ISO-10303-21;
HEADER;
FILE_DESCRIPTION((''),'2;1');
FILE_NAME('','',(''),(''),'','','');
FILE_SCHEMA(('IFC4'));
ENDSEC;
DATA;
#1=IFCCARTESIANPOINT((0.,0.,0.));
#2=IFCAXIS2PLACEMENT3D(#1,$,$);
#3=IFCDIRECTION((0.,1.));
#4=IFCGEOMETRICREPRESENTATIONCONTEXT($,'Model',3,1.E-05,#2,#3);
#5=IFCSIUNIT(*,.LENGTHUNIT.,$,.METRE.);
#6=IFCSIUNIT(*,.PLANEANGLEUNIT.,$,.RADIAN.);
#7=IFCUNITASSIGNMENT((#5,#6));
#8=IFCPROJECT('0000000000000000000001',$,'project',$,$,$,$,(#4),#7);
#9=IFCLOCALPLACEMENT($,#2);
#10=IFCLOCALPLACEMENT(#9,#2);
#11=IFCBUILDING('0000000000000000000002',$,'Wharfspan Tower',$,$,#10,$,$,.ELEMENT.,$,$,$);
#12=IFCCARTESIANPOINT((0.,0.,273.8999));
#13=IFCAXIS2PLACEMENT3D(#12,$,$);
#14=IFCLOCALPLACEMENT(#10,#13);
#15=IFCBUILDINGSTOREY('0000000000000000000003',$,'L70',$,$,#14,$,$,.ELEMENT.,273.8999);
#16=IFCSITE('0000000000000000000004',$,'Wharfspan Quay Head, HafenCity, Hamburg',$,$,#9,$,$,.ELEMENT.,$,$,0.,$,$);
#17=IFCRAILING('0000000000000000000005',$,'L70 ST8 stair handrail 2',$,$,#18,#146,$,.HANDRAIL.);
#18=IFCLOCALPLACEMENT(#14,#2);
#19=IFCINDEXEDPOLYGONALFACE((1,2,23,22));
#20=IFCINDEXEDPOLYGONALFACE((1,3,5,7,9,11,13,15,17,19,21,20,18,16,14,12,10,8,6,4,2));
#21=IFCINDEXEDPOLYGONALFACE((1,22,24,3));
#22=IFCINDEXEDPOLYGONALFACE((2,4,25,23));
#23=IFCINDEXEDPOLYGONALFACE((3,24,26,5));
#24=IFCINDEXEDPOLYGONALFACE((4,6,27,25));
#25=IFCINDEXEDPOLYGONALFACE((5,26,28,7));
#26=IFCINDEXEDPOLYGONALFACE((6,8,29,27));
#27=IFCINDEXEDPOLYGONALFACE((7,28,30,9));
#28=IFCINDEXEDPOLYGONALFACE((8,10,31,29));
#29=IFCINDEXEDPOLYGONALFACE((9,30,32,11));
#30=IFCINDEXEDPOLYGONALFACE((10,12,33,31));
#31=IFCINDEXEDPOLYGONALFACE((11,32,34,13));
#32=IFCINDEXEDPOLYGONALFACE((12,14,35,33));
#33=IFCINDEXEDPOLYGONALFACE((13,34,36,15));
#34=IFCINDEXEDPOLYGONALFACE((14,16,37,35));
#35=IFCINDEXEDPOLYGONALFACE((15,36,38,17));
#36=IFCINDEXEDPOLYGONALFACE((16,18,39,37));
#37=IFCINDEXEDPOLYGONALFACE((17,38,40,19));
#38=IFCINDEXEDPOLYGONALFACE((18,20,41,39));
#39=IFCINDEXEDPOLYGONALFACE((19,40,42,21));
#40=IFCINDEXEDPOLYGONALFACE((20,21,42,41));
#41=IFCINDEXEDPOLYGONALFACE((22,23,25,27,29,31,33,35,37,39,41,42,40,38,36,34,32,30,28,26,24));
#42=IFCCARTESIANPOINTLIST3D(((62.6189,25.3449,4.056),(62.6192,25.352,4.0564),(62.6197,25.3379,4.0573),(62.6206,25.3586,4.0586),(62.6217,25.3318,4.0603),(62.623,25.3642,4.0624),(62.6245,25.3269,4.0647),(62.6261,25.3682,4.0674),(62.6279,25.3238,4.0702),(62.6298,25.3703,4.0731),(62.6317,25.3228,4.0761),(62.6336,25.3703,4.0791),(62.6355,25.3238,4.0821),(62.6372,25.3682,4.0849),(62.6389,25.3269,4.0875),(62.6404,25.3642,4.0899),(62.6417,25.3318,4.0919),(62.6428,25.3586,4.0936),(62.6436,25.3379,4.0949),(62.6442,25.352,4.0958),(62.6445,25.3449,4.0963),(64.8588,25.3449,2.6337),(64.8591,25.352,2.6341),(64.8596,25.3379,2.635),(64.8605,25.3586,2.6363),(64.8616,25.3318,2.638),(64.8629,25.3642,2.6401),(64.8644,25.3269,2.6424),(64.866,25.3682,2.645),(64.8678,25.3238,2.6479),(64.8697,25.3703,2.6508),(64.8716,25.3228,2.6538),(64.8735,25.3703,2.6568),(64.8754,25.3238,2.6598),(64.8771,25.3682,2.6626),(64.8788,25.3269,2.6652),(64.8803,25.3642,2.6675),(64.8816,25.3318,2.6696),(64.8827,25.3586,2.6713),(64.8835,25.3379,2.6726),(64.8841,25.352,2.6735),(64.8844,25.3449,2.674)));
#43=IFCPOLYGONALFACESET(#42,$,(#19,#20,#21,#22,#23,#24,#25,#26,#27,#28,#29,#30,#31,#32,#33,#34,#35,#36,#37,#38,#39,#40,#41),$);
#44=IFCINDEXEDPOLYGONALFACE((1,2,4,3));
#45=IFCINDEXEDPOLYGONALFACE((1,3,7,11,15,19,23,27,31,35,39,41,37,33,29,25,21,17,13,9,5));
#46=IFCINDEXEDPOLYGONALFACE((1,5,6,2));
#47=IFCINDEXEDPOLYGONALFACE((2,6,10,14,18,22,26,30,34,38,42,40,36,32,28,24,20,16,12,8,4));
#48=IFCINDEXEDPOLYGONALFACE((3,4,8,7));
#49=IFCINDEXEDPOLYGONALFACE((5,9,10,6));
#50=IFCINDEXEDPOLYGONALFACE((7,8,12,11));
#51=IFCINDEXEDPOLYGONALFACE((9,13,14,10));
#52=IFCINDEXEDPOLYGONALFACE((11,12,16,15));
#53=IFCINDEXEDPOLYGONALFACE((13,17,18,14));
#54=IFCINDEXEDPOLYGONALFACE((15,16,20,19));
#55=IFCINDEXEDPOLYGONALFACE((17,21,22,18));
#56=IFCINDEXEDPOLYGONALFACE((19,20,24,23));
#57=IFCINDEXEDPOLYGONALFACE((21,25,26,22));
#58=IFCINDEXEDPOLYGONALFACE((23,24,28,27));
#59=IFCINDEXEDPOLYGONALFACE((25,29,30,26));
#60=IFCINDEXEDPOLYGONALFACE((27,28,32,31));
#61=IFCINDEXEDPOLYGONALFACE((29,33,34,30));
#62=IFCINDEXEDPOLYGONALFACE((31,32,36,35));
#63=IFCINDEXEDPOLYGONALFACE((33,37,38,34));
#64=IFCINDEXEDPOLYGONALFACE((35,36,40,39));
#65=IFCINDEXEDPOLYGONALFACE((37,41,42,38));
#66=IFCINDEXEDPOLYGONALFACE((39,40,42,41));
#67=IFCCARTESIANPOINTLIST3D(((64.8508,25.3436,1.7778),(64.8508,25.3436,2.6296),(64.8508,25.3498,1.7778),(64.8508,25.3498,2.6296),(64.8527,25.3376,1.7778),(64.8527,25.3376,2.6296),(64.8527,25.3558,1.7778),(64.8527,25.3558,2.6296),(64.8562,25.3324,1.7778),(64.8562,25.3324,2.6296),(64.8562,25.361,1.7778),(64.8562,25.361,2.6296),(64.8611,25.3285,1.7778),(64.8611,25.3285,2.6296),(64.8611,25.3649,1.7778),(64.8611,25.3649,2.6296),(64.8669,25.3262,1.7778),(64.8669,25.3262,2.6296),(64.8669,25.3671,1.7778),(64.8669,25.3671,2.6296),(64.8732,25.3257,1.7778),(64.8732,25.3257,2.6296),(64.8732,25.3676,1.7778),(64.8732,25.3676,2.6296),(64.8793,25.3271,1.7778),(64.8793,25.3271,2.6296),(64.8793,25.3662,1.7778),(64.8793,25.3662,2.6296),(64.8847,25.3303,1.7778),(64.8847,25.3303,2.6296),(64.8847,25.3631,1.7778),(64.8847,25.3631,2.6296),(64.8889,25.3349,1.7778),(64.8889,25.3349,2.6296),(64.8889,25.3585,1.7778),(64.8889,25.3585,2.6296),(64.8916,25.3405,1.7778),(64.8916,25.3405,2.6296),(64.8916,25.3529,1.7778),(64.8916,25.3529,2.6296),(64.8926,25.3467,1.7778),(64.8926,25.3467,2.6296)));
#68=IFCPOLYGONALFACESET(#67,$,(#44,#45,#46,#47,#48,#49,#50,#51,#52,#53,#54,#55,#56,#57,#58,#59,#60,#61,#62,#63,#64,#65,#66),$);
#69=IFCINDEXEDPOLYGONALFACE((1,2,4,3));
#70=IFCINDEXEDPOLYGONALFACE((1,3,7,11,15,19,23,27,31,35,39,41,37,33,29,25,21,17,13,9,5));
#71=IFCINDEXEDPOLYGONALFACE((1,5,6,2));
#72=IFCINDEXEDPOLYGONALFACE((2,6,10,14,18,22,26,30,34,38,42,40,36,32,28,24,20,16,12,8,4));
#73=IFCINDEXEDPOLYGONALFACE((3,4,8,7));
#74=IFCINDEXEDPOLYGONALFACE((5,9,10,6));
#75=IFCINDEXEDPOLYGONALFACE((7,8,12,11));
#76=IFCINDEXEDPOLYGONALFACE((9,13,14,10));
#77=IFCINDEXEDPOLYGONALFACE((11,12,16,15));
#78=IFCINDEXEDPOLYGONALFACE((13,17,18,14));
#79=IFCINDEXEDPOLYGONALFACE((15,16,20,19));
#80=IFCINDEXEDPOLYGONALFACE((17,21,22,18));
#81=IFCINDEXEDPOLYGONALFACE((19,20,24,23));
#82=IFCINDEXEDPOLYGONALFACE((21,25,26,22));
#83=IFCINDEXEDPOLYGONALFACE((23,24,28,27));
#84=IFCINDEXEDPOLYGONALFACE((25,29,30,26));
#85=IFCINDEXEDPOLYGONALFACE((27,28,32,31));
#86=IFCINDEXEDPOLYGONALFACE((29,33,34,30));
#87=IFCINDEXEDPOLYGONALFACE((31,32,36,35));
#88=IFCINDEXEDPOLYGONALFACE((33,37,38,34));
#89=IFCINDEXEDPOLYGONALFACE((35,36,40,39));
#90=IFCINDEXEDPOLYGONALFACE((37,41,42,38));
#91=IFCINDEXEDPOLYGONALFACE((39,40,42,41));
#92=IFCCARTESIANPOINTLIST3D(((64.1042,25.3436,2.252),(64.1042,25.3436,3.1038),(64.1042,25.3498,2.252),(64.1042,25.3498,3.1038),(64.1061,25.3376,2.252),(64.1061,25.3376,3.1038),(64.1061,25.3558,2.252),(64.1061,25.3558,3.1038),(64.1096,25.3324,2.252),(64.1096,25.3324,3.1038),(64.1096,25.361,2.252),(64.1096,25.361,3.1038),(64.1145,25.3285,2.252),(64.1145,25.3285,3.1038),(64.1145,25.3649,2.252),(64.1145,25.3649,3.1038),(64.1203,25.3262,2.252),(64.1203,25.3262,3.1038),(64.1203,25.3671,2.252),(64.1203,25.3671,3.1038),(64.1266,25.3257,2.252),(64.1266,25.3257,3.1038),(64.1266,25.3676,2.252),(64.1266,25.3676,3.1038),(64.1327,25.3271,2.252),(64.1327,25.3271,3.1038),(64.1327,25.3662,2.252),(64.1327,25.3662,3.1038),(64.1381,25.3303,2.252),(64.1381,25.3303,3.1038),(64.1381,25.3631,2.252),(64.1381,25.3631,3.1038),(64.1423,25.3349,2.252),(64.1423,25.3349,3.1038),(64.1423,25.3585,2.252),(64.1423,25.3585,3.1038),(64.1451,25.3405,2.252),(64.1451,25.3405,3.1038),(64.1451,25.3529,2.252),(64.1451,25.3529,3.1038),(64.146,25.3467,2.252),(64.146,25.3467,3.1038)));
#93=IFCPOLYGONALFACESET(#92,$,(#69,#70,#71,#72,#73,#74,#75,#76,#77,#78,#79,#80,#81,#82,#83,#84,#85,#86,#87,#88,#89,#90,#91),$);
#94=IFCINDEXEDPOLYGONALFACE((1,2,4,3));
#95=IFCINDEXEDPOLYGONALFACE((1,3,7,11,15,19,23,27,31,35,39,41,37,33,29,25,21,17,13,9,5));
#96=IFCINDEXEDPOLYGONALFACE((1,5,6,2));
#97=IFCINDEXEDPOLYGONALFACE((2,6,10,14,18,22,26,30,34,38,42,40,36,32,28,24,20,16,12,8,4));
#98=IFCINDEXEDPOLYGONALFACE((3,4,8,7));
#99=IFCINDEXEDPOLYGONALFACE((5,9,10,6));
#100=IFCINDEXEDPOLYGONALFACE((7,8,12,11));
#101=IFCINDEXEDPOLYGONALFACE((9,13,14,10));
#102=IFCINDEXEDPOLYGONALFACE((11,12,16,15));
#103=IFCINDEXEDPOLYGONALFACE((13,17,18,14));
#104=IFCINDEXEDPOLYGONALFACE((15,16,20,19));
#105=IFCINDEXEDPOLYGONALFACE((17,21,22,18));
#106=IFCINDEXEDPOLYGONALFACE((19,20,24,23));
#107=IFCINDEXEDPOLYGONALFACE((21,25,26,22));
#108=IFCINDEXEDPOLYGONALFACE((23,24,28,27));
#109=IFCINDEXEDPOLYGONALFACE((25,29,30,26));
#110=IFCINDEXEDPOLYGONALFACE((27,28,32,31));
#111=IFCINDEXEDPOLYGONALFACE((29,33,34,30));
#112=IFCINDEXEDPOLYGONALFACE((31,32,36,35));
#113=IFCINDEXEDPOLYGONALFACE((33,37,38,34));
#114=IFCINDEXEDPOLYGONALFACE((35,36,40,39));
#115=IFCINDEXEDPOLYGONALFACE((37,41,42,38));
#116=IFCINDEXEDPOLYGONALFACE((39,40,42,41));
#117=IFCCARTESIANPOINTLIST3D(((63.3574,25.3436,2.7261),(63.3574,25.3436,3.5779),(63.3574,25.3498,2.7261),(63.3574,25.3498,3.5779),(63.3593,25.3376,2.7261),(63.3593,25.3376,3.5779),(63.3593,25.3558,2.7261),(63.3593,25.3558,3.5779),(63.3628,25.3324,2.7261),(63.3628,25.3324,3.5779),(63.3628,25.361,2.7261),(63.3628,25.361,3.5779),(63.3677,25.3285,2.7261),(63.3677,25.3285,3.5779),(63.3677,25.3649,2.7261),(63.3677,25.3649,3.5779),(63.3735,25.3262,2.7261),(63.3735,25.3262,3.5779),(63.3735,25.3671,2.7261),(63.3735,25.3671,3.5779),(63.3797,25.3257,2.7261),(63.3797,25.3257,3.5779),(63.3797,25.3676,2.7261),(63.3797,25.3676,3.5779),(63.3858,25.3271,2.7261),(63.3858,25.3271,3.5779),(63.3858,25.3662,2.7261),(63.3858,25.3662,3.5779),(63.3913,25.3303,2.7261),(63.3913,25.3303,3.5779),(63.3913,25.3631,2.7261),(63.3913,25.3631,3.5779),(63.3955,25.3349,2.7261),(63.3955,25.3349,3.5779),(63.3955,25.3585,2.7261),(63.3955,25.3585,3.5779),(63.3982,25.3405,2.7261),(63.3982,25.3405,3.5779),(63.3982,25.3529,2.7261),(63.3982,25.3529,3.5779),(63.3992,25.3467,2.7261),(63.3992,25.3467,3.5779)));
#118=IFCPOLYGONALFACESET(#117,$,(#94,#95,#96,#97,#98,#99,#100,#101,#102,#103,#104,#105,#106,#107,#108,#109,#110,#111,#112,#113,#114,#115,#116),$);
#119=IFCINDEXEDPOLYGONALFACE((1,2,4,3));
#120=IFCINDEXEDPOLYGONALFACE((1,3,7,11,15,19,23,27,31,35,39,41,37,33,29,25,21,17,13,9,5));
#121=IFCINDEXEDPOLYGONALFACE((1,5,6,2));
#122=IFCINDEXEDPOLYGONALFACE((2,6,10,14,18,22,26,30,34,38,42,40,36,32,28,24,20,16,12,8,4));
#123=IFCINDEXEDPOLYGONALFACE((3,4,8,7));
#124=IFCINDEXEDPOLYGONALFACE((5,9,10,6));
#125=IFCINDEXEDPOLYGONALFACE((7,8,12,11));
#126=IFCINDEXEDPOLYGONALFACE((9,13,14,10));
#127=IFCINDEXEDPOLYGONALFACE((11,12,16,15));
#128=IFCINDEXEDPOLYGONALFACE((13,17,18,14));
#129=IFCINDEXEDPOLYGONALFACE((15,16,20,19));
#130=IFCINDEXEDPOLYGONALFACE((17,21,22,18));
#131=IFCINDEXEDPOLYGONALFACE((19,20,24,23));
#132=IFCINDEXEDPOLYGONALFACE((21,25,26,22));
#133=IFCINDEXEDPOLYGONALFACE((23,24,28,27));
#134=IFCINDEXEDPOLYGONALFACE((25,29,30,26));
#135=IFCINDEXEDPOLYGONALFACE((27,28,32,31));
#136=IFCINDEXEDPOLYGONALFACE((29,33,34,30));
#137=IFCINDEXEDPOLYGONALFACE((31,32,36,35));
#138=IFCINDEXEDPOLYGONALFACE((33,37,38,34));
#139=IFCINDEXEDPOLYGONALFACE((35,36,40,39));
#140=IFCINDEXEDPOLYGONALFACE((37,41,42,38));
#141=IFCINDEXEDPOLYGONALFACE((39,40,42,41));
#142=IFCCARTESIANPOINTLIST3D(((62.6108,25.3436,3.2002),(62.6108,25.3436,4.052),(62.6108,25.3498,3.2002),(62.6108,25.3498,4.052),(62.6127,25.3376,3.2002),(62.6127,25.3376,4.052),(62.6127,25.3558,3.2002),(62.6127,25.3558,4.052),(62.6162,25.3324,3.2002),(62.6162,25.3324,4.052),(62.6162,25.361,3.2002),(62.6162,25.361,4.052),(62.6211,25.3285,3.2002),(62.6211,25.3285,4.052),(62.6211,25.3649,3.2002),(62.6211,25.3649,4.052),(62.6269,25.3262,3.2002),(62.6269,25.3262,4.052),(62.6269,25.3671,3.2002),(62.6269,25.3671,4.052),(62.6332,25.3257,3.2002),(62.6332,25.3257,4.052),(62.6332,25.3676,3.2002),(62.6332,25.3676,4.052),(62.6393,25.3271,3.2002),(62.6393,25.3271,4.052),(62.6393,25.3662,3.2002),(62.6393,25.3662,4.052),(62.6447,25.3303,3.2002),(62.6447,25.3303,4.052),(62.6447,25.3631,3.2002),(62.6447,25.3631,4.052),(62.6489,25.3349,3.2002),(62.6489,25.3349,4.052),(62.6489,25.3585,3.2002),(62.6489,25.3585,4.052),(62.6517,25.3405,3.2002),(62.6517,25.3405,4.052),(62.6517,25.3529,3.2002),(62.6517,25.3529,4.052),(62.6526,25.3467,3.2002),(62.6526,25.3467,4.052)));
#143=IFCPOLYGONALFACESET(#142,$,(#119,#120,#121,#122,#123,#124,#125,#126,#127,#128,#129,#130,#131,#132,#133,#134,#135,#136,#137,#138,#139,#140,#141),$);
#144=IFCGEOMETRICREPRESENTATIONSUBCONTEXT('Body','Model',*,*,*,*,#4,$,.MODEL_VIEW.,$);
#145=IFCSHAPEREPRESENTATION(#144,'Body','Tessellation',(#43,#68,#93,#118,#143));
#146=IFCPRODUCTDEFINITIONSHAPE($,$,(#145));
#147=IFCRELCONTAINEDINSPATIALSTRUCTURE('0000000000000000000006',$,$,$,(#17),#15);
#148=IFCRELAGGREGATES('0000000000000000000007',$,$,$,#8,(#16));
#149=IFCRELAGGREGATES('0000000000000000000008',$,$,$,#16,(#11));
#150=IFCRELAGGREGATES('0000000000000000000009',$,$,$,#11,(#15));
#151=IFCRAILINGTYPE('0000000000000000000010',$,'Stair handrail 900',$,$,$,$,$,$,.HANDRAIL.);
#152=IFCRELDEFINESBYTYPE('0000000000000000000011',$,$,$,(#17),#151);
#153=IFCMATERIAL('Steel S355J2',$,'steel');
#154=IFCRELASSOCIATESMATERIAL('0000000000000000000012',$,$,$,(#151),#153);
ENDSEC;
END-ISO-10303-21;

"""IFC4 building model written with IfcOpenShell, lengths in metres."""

from ifc_helpers import new_model, si_unit, direction, frame, origin, origin_2d, place, context, subcontext, project, spatial, circle, extrude, material, type_object, element, save


model = new_model("IFC4")

# Units and contexts
model_context = context("Model", 3, precision=1e-05, world=origin(), true_north=direction((0.0, 1.0)))
body_context = subcontext(model_context, "Body", "Model", "MODEL_VIEW")
ifc_project = project(units=[si_unit("LENGTHUNIT", "METRE"), si_unit("PLANEANGLEUNIT", "RADIAN")], contexts=[model_context])

# Site, building, storey
site_placement = place(None, origin())
site = spatial("IfcSite", under=ifc_project, at=site_placement, Name="Wharfspan Quay Head, HafenCity, Hamburg", CompositionType="ELEMENT", RefElevation=0.0)
building_placement = place(site_placement, origin())
building = spatial("IfcBuilding", under=site, at=building_placement, Name="Wharfspan Tower", CompositionType="ELEMENT")
storey_placement = place(building_placement, frame((0.0, 0.0, 273.8999)))
storey = spatial("IfcBuildingStorey", under=building, at=storey_placement, Name="L70", CompositionType="ELEMENT", Elevation=273.8999)

# Shared definitions
ifc_material_1 = material(Name="Steel S355J2", Category="steel")

# Railing
railing_type_1 = type_object("IfcRailingType", Name="Stair handrail 900", PredefinedType="HANDRAIL", material=ifc_material_1)
railing_1_placement = place(storey_placement, frame((64.8716, 25.3467, 1.7778)))
element("IfcRailing", 1, at=railing_1_placement, inside=storey, type_object=railing_type_1, Name="L70 ST8 stair handrail 2", PredefinedType="HANDRAIL", context=body_context, shape_type="SweptSolid", body=[
    extrude(circle(Radius=0.0239, at=origin_2d()), frame((0.0, 0.0, 0.876), z_axis=(-0.844188, 0.0, 0.536048), x_axis=(0.0, -1.0, 0.0)), (0.0, 0.0, 1.0), 2.6533),
    extrude(circle(Radius=0.021, at=origin_2d()), origin(), (0.0, 0.0, 1.0), 0.8518),
    extrude(circle(Radius=0.021, at=origin_2d()), frame((-0.7466, 0.0, 0.4741)), (0.0, 0.0, 1.0), 0.8518),
    extrude(circle(Radius=0.021, at=origin_2d()), frame((-1.4934, 0.0, 0.9482)), (0.0, 0.0, 1.0), 0.8518),
    extrude(circle(Radius=0.021, at=origin_2d()), frame((-2.24, 0.0, 1.4224)), (0.0, 0.0, 1.0), 0.8518),
])

save(model, "model.ifc")
